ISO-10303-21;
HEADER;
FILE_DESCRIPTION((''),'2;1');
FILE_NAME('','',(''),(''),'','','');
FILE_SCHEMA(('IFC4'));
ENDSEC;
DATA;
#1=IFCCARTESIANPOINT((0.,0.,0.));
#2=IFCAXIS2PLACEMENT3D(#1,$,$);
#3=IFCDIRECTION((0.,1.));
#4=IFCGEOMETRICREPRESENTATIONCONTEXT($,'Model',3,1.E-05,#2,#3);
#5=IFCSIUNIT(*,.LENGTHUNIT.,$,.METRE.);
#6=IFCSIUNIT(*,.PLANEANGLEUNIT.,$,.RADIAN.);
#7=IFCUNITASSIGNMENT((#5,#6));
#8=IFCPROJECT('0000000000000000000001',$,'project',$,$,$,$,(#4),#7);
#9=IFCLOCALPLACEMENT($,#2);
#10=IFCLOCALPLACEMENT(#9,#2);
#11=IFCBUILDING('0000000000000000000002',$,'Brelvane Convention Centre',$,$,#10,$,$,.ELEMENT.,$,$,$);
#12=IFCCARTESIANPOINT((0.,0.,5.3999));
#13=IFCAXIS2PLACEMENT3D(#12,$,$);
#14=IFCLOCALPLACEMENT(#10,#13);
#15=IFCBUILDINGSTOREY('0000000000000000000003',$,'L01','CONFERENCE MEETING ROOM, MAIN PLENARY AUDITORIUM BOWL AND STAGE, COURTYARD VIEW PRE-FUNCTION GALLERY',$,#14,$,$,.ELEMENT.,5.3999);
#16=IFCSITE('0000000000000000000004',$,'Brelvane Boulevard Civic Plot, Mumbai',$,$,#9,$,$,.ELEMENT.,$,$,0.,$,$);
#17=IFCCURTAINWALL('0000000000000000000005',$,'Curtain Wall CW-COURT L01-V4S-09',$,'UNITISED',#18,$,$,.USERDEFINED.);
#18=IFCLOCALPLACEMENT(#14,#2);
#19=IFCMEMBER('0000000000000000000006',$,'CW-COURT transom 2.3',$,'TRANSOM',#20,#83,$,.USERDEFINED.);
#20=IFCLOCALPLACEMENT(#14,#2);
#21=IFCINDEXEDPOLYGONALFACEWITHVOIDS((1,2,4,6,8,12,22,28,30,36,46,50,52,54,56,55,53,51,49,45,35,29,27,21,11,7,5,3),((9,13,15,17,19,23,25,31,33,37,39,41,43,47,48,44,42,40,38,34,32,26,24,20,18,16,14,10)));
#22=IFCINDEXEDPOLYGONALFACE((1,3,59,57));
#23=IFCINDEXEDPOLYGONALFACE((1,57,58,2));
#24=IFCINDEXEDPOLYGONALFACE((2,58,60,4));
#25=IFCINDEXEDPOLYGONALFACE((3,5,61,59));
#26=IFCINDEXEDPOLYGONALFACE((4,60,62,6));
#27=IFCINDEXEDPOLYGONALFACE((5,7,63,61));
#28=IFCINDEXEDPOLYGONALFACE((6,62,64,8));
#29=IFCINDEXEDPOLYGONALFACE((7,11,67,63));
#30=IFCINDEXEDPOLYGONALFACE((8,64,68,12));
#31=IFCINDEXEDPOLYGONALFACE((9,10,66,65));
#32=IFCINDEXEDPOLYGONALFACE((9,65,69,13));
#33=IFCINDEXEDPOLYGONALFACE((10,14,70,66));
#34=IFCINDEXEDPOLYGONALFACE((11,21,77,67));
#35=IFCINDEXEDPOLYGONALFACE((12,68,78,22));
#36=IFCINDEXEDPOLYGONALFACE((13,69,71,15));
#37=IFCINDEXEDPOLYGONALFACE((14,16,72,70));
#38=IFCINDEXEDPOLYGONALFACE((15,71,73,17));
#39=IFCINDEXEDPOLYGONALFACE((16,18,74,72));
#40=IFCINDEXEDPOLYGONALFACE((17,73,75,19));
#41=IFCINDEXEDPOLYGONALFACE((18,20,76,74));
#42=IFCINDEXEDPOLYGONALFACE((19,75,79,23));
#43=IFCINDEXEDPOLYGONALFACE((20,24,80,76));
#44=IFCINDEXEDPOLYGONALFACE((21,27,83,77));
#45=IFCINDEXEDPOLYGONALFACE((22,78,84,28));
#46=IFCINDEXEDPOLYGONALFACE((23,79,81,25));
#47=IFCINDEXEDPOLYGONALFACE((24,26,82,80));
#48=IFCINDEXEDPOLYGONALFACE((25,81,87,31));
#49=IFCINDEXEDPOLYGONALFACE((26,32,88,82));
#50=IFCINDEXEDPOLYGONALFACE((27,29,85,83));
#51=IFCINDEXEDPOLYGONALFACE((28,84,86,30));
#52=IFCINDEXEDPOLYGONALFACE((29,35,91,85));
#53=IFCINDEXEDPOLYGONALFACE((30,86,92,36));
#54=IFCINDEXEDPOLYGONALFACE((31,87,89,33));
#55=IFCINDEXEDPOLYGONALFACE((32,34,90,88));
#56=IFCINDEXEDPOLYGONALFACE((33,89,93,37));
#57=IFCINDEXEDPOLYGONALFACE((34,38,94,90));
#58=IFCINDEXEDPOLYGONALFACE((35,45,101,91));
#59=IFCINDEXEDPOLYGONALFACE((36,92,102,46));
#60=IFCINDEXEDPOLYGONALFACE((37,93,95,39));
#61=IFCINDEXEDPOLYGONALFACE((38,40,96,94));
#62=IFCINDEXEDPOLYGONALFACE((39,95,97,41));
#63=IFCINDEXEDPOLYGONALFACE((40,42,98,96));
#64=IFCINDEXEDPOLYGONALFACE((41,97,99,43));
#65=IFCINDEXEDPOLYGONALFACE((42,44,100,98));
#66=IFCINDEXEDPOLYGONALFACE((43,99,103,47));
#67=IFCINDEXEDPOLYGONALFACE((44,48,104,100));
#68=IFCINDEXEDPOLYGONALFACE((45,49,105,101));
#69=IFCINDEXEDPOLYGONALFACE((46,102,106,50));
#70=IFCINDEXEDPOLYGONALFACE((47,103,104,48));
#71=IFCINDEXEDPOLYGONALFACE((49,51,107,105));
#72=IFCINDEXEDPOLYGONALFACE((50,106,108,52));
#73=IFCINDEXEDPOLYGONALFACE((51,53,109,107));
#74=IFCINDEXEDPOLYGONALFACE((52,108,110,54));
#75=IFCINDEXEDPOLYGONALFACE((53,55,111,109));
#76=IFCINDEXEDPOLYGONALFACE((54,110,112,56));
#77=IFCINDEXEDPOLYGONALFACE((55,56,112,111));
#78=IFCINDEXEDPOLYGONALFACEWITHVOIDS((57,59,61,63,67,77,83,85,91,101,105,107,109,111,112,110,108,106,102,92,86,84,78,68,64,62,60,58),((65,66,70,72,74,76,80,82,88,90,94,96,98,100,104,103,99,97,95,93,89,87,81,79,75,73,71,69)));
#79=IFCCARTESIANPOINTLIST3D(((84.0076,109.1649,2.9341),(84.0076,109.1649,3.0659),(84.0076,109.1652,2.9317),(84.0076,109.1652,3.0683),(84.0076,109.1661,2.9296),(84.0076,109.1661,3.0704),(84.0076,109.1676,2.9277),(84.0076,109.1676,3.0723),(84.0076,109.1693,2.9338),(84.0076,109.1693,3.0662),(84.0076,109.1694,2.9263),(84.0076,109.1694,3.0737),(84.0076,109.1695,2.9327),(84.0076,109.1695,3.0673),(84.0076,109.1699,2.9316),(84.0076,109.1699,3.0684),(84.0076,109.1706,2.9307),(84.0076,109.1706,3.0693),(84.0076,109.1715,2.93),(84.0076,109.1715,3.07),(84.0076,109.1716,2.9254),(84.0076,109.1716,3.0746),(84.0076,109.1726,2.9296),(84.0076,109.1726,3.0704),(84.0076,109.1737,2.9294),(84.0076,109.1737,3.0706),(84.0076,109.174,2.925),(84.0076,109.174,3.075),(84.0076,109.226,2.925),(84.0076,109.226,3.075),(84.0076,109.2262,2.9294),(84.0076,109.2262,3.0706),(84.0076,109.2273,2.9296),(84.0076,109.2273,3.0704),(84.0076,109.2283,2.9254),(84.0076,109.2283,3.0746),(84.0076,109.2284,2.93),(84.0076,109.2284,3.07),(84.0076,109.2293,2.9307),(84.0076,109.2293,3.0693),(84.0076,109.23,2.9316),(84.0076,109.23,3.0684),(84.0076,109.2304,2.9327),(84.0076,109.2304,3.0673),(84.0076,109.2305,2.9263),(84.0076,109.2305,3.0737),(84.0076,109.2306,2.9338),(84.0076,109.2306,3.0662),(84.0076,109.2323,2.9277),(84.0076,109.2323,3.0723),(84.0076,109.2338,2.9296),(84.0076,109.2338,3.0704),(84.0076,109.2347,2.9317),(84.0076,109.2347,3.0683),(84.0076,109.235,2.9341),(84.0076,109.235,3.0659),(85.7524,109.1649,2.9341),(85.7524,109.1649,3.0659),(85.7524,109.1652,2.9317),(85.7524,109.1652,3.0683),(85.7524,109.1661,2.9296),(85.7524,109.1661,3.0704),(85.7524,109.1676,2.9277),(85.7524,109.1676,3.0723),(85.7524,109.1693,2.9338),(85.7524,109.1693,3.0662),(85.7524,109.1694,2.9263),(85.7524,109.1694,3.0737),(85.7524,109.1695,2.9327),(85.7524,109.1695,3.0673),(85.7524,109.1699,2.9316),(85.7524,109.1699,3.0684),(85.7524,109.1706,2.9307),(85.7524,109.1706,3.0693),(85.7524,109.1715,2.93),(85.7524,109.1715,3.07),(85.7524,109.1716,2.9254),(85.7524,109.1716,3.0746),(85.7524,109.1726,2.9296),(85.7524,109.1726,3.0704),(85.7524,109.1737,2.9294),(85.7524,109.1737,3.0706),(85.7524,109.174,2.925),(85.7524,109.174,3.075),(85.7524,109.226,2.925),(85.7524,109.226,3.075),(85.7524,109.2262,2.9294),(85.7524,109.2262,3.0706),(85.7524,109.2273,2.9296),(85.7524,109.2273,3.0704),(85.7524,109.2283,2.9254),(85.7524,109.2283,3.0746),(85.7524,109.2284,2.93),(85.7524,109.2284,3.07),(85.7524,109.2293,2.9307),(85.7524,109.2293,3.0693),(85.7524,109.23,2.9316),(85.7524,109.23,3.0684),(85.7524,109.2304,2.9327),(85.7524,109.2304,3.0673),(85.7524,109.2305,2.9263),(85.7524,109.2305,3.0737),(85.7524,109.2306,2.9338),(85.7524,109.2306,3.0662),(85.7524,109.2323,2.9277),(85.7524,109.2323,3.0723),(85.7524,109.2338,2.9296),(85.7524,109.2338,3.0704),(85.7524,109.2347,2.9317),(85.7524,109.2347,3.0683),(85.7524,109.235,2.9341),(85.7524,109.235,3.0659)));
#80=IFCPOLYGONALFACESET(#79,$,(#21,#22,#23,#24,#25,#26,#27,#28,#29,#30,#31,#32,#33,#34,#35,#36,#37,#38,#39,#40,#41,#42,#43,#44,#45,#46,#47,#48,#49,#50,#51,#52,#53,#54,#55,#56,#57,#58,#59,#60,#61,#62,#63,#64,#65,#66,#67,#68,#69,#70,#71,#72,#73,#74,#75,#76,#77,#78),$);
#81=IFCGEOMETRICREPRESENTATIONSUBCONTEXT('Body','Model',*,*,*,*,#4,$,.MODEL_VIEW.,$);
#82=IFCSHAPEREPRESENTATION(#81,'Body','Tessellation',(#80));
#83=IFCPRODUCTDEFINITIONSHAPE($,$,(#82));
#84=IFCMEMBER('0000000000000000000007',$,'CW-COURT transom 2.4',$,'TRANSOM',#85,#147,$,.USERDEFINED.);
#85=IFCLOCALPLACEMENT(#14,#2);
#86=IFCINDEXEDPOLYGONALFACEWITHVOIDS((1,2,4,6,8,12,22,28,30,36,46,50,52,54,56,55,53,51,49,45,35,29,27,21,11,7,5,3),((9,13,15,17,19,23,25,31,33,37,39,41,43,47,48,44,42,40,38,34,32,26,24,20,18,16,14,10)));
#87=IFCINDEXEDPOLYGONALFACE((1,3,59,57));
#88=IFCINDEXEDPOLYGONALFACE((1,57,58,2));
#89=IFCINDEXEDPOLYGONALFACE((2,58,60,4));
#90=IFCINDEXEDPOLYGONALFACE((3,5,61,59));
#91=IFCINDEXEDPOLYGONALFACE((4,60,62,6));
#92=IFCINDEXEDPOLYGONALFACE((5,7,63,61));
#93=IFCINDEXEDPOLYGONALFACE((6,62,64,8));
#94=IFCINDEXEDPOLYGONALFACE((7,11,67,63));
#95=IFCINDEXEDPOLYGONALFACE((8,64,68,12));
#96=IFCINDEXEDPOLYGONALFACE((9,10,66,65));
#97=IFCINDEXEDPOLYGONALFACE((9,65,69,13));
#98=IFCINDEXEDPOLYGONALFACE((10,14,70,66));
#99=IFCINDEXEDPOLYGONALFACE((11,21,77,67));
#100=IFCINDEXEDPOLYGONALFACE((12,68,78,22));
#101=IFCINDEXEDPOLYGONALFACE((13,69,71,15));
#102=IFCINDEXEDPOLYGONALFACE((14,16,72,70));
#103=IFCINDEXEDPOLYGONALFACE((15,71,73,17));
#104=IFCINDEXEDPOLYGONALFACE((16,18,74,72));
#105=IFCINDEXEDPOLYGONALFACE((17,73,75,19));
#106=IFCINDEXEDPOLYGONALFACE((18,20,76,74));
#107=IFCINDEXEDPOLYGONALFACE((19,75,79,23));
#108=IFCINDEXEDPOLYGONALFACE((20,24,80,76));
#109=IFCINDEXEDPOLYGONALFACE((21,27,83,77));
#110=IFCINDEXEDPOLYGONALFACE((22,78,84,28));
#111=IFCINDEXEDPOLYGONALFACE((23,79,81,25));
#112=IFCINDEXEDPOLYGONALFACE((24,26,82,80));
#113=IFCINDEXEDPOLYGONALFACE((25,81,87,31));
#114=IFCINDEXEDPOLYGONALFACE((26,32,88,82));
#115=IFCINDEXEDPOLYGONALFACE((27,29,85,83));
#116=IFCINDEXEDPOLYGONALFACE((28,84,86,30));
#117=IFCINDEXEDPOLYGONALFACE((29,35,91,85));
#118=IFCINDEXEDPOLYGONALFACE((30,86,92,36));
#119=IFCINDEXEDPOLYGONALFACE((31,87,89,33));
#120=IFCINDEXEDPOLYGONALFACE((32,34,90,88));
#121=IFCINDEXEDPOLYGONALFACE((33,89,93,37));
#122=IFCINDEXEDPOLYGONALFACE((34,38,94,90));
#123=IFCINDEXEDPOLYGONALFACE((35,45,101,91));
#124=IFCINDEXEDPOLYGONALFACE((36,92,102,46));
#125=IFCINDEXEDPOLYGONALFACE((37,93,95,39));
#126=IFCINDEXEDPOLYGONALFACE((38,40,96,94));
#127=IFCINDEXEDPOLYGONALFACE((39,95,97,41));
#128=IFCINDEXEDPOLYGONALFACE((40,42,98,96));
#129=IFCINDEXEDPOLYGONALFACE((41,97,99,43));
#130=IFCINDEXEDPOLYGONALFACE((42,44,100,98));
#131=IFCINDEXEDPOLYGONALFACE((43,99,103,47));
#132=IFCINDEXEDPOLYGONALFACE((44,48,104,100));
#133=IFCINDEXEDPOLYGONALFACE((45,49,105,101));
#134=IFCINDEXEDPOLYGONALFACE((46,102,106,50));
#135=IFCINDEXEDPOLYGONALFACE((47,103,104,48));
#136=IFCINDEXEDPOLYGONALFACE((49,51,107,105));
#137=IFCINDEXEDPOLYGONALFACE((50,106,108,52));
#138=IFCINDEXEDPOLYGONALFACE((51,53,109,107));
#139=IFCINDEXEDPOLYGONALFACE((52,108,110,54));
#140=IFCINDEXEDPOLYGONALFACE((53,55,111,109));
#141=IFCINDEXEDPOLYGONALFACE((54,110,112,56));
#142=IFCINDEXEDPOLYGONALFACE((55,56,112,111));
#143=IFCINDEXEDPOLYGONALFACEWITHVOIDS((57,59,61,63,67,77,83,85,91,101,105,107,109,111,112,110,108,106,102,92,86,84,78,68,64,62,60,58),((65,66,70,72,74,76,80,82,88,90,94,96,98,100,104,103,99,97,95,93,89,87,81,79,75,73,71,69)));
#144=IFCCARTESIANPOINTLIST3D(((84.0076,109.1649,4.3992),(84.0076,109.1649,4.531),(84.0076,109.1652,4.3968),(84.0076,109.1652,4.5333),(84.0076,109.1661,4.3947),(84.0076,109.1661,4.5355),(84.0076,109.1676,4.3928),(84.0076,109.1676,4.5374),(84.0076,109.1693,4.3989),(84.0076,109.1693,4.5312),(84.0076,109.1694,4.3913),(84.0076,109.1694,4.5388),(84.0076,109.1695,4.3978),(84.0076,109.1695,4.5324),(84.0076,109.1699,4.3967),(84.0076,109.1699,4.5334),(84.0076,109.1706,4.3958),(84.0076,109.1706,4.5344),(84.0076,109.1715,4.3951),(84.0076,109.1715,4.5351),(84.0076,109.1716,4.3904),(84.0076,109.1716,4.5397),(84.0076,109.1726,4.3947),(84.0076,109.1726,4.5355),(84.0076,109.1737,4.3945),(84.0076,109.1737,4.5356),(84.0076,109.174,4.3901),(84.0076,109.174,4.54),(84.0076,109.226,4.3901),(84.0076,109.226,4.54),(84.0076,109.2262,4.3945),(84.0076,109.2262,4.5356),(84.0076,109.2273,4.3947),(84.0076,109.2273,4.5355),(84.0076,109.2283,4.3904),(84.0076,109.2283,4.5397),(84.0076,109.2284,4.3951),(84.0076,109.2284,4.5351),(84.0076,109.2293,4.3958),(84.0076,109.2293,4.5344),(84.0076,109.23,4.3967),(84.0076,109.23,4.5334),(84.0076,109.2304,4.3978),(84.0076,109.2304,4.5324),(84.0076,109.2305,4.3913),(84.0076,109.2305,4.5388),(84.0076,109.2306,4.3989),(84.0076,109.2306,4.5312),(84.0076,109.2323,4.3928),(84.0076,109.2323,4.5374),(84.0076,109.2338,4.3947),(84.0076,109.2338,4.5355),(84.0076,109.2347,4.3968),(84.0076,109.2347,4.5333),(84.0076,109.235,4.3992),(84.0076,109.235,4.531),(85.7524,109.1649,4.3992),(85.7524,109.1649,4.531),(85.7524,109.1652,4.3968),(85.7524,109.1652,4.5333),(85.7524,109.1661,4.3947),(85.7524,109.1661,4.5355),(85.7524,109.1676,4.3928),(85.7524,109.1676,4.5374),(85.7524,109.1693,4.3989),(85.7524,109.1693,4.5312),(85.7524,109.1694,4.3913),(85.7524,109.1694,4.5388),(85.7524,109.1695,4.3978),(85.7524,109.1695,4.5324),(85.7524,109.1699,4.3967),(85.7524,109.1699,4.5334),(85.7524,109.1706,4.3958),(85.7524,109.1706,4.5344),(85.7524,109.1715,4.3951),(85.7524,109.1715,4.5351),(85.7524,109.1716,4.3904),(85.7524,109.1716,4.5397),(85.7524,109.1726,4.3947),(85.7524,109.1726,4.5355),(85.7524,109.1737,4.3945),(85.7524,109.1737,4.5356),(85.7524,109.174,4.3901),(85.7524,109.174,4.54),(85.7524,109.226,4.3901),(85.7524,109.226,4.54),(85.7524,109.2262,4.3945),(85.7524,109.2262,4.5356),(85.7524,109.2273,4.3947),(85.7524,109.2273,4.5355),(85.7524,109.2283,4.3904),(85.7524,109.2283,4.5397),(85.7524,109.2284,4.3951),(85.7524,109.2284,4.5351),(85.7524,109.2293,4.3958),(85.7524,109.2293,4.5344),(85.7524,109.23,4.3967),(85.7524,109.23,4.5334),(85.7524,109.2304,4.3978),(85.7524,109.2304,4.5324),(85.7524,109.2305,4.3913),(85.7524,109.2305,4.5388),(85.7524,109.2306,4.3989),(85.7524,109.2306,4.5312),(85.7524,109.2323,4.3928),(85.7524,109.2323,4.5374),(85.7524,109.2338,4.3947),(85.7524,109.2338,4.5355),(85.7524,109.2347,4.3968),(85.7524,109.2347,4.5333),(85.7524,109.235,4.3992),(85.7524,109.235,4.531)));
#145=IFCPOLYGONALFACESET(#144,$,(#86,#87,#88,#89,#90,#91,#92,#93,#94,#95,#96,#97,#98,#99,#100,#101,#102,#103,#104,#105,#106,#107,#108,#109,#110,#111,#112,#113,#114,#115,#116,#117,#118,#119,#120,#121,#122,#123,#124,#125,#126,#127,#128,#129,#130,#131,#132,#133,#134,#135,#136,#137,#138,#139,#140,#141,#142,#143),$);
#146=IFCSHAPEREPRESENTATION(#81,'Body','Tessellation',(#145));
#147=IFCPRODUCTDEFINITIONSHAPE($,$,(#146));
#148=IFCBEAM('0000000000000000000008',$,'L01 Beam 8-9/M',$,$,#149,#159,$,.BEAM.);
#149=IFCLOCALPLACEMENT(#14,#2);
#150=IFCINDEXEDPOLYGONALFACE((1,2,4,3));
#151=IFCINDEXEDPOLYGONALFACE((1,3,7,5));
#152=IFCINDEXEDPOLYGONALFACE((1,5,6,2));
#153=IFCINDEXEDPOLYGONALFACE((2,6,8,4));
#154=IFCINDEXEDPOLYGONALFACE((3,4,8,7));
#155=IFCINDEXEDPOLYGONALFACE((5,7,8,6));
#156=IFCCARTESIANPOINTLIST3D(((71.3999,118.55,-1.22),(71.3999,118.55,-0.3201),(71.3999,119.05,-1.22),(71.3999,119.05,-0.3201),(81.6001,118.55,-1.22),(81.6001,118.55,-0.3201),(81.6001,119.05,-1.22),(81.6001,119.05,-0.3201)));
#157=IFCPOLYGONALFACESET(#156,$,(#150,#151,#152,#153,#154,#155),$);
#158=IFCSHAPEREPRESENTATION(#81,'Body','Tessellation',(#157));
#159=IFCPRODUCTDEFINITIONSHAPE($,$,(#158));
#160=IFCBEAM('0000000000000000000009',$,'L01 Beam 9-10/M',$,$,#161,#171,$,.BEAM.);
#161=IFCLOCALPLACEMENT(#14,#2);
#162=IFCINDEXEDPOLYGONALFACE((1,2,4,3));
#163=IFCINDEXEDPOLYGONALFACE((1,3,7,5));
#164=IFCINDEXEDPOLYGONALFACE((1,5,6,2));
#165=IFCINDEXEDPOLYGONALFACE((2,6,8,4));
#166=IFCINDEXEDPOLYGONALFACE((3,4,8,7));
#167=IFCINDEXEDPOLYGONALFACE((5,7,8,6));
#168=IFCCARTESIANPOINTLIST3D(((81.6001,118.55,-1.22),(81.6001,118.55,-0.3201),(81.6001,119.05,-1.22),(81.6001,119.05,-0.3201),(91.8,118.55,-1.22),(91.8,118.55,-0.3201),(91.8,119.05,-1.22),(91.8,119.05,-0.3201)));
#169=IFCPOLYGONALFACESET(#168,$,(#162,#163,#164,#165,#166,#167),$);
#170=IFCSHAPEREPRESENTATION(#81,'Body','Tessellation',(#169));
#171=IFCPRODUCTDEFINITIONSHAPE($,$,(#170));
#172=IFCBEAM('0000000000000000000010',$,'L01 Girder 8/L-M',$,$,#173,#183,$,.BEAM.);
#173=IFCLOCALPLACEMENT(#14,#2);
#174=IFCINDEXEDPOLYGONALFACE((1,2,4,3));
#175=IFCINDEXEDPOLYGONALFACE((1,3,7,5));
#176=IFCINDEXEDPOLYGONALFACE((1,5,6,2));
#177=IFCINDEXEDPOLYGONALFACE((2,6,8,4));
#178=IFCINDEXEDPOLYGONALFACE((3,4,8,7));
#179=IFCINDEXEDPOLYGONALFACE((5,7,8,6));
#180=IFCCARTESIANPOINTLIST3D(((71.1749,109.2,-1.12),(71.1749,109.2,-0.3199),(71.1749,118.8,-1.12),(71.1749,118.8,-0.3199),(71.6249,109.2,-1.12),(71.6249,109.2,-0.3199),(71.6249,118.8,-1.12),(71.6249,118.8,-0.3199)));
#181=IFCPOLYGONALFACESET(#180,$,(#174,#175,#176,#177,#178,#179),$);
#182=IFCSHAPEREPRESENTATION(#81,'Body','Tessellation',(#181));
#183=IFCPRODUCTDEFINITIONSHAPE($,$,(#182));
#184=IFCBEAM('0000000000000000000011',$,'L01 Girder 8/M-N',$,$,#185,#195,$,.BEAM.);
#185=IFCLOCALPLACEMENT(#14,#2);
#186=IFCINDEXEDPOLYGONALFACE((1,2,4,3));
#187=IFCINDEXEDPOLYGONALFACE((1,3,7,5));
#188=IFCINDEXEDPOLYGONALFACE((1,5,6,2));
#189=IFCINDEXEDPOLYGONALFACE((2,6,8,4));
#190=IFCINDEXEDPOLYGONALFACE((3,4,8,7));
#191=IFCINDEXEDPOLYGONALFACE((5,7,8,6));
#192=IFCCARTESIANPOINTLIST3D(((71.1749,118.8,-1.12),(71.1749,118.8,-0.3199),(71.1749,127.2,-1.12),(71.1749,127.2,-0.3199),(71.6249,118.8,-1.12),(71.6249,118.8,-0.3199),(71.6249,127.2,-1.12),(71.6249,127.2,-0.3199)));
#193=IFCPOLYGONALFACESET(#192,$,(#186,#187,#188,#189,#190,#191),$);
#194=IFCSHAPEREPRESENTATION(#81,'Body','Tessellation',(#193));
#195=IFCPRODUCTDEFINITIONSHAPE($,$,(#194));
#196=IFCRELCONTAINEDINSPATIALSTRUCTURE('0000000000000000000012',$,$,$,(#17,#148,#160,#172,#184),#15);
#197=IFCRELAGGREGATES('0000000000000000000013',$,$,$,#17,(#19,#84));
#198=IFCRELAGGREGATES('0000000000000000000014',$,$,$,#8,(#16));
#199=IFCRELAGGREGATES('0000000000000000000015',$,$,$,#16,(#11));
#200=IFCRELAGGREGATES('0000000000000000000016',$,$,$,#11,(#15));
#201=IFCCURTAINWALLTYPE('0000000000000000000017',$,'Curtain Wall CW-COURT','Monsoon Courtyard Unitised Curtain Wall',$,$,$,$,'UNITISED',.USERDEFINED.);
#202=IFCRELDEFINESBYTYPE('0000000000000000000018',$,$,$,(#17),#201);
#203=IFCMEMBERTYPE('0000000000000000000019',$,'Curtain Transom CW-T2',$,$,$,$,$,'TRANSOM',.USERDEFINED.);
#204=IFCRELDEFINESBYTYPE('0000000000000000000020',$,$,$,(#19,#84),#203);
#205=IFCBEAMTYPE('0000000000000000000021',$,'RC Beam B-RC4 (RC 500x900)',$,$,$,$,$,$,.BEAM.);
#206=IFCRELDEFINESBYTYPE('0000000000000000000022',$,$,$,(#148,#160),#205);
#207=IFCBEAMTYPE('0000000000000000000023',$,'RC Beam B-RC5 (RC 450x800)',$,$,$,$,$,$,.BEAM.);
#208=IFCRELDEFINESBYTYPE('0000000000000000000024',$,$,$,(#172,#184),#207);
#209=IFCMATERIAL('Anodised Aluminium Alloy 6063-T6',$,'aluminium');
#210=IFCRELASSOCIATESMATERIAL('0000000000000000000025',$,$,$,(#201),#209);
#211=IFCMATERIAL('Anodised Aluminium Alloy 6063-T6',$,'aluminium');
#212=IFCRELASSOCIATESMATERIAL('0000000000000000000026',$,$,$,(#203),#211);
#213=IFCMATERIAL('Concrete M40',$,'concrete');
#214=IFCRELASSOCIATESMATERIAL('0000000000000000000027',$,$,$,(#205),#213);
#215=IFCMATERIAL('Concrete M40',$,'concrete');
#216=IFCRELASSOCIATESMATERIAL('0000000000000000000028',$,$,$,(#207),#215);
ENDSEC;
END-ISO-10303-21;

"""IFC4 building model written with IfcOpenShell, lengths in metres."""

from ifc_helpers import new_model, si_unit, direction, frame, origin, origin_2d, place, context, subcontext, project, spatial, rectangle, hollow_rectangle, extrude, material, material_profile, profile_set, type_object, element, aggregate, save


model = new_model("IFC4")

# Units and contexts
model_context = context("Model", 3, precision=1e-05, world=origin(), true_north=direction((0.0, 1.0)))
body_context = subcontext(model_context, "Body", "Model", "MODEL_VIEW")
ifc_project = project(units=[si_unit("LENGTHUNIT", "METRE"), si_unit("PLANEANGLEUNIT", "RADIAN")], contexts=[model_context])

# Site, building, storey
site_placement = place(None, origin())
site = spatial("IfcSite", under=ifc_project, at=site_placement, Name="Brelvane Boulevard Civic Plot, Mumbai", CompositionType="ELEMENT", RefElevation=0.0)
building_placement = place(site_placement, origin())
building = spatial("IfcBuilding", under=site, at=building_placement, Name="Brelvane Convention Centre", CompositionType="ELEMENT")
storey_placement = place(building_placement, frame((0.0, 0.0, 5.3999)))
storey = spatial("IfcBuildingStorey", under=building, at=storey_placement, Name="L01", Description="CONFERENCE MEETING ROOM, MAIN PLENARY AUDITORIUM BOWL AND STAGE, COURTYARD VIEW PRE-FUNCTION GALLERY", CompositionType="ELEMENT", Elevation=5.3999)

# Curtain wall, members
ifc_material_1 = material(Name="Anodised Aluminium Alloy 6063-T6", Category="aluminium")
curtain_wall_type = type_object("IfcCurtainWallType", Name="Curtain Wall CW-COURT", Description="Monsoon Courtyard Unitised Curtain Wall", ElementType="UNITISED", PredefinedType="USERDEFINED", material=ifc_material_1)
curtain_wall_placement = place(storey_placement, origin())
curtain_wall = element("IfcCurtainWall", 1, at=curtain_wall_placement, inside=storey, type_object=curtain_wall_type, Name="Curtain Wall CW-COURT L01-V4S-09", ObjectType="UNITISED", PredefinedType="USERDEFINED")
ifc_material_2 = material(Name="Anodised Aluminium Alloy 6063-T6", Category="aluminium")
ifc_material_profile_1 = material_profile(ifc_material_2, hollow_rectangle(XDim=0.0701, YDim=0.1499, WallThickness=0.0044, InnerFilletRadius=0.0044, OuterFilletRadius=0.009, at=origin_2d()), Name="ALU-T 150x70x4.5")
ifc_profile_set_1 = profile_set([ifc_material_profile_1], Name="Anodised Aluminium Alloy 6063-T6")
member_type_1 = type_object("IfcMemberType", Name="Curtain Transom CW-T2", ElementType="TRANSOM", PredefinedType="USERDEFINED", material=ifc_profile_set_1)
member_1_placement = place(storey_placement, frame((84.0076, 109.2, 3.0), z_axis=(1.0, 0.0, 0.0), x_axis=(0.0, 1.0, 0.0)))
member_1 = element("IfcMember", 2, at=member_1_placement, type_object=member_type_1, Name="CW-COURT transom 2.3", ObjectType="TRANSOM", PredefinedType="USERDEFINED", context=body_context, shape_type="SweptSolid", body=[
    extrude(hollow_rectangle(XDim=0.0701, YDim=0.1499, WallThickness=0.0044, InnerFilletRadius=0.0044, OuterFilletRadius=0.009, at=origin_2d()), origin(), (0.0, 0.0, 1.0), 1.7449),
])
member_2_placement = place(storey_placement, frame((84.0076, 109.2, 4.4651), z_axis=(1.0, 0.0, 0.0), x_axis=(0.0, 1.0, 0.0)))
member_2 = element("IfcMember", 3, at=member_2_placement, type_object=member_type_1, Name="CW-COURT transom 2.4", ObjectType="TRANSOM", PredefinedType="USERDEFINED", context=body_context, shape_type="SweptSolid", body=[
    extrude(hollow_rectangle(XDim=0.0701, YDim=0.1499, WallThickness=0.0044, InnerFilletRadius=0.0044, OuterFilletRadius=0.009, at=origin_2d()), origin(), (0.0, 0.0, 1.0), 1.7449),
])

# Beams
ifc_material_3 = material(Name="Concrete M40", Category="concrete")
ifc_material_profile_2 = material_profile(ifc_material_3, rectangle(XDim=0.5, YDim=0.8999, at=origin_2d()), Name="RC 500x900")
ifc_profile_set_2 = profile_set([ifc_material_profile_2], Name="Concrete M40")
beam_type_1 = type_object("IfcBeamType", Name="RC Beam B-RC4 (RC 500x900)", PredefinedType="BEAM", material=ifc_profile_set_2)
beam_1_placement = place(storey_placement, frame((71.3999, 118.8, -0.77), z_axis=(1.0, 0.0, 0.0), x_axis=(0.0, 1.0, 0.0)))
element("IfcBeam", 4, at=beam_1_placement, inside=storey, type_object=beam_type_1, Name="L01 Beam 8-9/M", PredefinedType="BEAM", context=body_context, shape_type="SweptSolid", body=[
    extrude(rectangle(XDim=0.5, YDim=0.8999, at=origin_2d()), origin(), (0.0, 0.0, 1.0), 10.2002),
])
beam_2_placement = place(storey_placement, frame((81.6001, 118.8, -0.77), z_axis=(1.0, 0.0, 0.0), x_axis=(0.0, 1.0, 0.0)))
element("IfcBeam", 5, at=beam_2_placement, inside=storey, type_object=beam_type_1, Name="L01 Beam 9-10/M", PredefinedType="BEAM", context=body_context, shape_type="SweptSolid", body=[
    extrude(rectangle(XDim=0.5, YDim=0.8999, at=origin_2d()), origin(), (0.0, 0.0, 1.0), 10.2),
])
ifc_material_4 = material(Name="Concrete M40", Category="concrete")
ifc_material_profile_3 = material_profile(ifc_material_4, rectangle(XDim=0.45, YDim=0.8, at=origin_2d()), Name="RC 450x800")
ifc_profile_set_3 = profile_set([ifc_material_profile_3], Name="Concrete M40")
beam_type_2 = type_object("IfcBeamType", Name="RC Beam B-RC5 (RC 450x800)", PredefinedType="BEAM", material=ifc_profile_set_3)
beam_3_placement = place(storey_placement, frame((71.3999, 109.2, -0.72), z_axis=(0.0, 1.0, 0.0), x_axis=(-1.0, 0.0, 0.0)))
element("IfcBeam", 6, at=beam_3_placement, inside=storey, type_object=beam_type_2, Name="L01 Girder 8/L-M", PredefinedType="BEAM", context=body_context, shape_type="SweptSolid", body=[
    extrude(rectangle(XDim=0.45, YDim=0.8, at=origin_2d()), origin(), (0.0, 0.0, 1.0), 9.6001),
])
beam_4_placement = place(storey_placement, frame((71.3999, 118.8, -0.72), z_axis=(0.0, 1.0, 0.0), x_axis=(-1.0, 0.0, 0.0)))
element("IfcBeam", 7, at=beam_4_placement, inside=storey, type_object=beam_type_2, Name="L01 Girder 8/M-N", PredefinedType="BEAM", context=body_context, shape_type="SweptSolid", body=[
    extrude(rectangle(XDim=0.45, YDim=0.8, at=origin_2d()), origin(), (0.0, 0.0, 1.0), 8.3999),
])

aggregate(curtain_wall, [member_1, member_2])

save(model, "model.ifc")
